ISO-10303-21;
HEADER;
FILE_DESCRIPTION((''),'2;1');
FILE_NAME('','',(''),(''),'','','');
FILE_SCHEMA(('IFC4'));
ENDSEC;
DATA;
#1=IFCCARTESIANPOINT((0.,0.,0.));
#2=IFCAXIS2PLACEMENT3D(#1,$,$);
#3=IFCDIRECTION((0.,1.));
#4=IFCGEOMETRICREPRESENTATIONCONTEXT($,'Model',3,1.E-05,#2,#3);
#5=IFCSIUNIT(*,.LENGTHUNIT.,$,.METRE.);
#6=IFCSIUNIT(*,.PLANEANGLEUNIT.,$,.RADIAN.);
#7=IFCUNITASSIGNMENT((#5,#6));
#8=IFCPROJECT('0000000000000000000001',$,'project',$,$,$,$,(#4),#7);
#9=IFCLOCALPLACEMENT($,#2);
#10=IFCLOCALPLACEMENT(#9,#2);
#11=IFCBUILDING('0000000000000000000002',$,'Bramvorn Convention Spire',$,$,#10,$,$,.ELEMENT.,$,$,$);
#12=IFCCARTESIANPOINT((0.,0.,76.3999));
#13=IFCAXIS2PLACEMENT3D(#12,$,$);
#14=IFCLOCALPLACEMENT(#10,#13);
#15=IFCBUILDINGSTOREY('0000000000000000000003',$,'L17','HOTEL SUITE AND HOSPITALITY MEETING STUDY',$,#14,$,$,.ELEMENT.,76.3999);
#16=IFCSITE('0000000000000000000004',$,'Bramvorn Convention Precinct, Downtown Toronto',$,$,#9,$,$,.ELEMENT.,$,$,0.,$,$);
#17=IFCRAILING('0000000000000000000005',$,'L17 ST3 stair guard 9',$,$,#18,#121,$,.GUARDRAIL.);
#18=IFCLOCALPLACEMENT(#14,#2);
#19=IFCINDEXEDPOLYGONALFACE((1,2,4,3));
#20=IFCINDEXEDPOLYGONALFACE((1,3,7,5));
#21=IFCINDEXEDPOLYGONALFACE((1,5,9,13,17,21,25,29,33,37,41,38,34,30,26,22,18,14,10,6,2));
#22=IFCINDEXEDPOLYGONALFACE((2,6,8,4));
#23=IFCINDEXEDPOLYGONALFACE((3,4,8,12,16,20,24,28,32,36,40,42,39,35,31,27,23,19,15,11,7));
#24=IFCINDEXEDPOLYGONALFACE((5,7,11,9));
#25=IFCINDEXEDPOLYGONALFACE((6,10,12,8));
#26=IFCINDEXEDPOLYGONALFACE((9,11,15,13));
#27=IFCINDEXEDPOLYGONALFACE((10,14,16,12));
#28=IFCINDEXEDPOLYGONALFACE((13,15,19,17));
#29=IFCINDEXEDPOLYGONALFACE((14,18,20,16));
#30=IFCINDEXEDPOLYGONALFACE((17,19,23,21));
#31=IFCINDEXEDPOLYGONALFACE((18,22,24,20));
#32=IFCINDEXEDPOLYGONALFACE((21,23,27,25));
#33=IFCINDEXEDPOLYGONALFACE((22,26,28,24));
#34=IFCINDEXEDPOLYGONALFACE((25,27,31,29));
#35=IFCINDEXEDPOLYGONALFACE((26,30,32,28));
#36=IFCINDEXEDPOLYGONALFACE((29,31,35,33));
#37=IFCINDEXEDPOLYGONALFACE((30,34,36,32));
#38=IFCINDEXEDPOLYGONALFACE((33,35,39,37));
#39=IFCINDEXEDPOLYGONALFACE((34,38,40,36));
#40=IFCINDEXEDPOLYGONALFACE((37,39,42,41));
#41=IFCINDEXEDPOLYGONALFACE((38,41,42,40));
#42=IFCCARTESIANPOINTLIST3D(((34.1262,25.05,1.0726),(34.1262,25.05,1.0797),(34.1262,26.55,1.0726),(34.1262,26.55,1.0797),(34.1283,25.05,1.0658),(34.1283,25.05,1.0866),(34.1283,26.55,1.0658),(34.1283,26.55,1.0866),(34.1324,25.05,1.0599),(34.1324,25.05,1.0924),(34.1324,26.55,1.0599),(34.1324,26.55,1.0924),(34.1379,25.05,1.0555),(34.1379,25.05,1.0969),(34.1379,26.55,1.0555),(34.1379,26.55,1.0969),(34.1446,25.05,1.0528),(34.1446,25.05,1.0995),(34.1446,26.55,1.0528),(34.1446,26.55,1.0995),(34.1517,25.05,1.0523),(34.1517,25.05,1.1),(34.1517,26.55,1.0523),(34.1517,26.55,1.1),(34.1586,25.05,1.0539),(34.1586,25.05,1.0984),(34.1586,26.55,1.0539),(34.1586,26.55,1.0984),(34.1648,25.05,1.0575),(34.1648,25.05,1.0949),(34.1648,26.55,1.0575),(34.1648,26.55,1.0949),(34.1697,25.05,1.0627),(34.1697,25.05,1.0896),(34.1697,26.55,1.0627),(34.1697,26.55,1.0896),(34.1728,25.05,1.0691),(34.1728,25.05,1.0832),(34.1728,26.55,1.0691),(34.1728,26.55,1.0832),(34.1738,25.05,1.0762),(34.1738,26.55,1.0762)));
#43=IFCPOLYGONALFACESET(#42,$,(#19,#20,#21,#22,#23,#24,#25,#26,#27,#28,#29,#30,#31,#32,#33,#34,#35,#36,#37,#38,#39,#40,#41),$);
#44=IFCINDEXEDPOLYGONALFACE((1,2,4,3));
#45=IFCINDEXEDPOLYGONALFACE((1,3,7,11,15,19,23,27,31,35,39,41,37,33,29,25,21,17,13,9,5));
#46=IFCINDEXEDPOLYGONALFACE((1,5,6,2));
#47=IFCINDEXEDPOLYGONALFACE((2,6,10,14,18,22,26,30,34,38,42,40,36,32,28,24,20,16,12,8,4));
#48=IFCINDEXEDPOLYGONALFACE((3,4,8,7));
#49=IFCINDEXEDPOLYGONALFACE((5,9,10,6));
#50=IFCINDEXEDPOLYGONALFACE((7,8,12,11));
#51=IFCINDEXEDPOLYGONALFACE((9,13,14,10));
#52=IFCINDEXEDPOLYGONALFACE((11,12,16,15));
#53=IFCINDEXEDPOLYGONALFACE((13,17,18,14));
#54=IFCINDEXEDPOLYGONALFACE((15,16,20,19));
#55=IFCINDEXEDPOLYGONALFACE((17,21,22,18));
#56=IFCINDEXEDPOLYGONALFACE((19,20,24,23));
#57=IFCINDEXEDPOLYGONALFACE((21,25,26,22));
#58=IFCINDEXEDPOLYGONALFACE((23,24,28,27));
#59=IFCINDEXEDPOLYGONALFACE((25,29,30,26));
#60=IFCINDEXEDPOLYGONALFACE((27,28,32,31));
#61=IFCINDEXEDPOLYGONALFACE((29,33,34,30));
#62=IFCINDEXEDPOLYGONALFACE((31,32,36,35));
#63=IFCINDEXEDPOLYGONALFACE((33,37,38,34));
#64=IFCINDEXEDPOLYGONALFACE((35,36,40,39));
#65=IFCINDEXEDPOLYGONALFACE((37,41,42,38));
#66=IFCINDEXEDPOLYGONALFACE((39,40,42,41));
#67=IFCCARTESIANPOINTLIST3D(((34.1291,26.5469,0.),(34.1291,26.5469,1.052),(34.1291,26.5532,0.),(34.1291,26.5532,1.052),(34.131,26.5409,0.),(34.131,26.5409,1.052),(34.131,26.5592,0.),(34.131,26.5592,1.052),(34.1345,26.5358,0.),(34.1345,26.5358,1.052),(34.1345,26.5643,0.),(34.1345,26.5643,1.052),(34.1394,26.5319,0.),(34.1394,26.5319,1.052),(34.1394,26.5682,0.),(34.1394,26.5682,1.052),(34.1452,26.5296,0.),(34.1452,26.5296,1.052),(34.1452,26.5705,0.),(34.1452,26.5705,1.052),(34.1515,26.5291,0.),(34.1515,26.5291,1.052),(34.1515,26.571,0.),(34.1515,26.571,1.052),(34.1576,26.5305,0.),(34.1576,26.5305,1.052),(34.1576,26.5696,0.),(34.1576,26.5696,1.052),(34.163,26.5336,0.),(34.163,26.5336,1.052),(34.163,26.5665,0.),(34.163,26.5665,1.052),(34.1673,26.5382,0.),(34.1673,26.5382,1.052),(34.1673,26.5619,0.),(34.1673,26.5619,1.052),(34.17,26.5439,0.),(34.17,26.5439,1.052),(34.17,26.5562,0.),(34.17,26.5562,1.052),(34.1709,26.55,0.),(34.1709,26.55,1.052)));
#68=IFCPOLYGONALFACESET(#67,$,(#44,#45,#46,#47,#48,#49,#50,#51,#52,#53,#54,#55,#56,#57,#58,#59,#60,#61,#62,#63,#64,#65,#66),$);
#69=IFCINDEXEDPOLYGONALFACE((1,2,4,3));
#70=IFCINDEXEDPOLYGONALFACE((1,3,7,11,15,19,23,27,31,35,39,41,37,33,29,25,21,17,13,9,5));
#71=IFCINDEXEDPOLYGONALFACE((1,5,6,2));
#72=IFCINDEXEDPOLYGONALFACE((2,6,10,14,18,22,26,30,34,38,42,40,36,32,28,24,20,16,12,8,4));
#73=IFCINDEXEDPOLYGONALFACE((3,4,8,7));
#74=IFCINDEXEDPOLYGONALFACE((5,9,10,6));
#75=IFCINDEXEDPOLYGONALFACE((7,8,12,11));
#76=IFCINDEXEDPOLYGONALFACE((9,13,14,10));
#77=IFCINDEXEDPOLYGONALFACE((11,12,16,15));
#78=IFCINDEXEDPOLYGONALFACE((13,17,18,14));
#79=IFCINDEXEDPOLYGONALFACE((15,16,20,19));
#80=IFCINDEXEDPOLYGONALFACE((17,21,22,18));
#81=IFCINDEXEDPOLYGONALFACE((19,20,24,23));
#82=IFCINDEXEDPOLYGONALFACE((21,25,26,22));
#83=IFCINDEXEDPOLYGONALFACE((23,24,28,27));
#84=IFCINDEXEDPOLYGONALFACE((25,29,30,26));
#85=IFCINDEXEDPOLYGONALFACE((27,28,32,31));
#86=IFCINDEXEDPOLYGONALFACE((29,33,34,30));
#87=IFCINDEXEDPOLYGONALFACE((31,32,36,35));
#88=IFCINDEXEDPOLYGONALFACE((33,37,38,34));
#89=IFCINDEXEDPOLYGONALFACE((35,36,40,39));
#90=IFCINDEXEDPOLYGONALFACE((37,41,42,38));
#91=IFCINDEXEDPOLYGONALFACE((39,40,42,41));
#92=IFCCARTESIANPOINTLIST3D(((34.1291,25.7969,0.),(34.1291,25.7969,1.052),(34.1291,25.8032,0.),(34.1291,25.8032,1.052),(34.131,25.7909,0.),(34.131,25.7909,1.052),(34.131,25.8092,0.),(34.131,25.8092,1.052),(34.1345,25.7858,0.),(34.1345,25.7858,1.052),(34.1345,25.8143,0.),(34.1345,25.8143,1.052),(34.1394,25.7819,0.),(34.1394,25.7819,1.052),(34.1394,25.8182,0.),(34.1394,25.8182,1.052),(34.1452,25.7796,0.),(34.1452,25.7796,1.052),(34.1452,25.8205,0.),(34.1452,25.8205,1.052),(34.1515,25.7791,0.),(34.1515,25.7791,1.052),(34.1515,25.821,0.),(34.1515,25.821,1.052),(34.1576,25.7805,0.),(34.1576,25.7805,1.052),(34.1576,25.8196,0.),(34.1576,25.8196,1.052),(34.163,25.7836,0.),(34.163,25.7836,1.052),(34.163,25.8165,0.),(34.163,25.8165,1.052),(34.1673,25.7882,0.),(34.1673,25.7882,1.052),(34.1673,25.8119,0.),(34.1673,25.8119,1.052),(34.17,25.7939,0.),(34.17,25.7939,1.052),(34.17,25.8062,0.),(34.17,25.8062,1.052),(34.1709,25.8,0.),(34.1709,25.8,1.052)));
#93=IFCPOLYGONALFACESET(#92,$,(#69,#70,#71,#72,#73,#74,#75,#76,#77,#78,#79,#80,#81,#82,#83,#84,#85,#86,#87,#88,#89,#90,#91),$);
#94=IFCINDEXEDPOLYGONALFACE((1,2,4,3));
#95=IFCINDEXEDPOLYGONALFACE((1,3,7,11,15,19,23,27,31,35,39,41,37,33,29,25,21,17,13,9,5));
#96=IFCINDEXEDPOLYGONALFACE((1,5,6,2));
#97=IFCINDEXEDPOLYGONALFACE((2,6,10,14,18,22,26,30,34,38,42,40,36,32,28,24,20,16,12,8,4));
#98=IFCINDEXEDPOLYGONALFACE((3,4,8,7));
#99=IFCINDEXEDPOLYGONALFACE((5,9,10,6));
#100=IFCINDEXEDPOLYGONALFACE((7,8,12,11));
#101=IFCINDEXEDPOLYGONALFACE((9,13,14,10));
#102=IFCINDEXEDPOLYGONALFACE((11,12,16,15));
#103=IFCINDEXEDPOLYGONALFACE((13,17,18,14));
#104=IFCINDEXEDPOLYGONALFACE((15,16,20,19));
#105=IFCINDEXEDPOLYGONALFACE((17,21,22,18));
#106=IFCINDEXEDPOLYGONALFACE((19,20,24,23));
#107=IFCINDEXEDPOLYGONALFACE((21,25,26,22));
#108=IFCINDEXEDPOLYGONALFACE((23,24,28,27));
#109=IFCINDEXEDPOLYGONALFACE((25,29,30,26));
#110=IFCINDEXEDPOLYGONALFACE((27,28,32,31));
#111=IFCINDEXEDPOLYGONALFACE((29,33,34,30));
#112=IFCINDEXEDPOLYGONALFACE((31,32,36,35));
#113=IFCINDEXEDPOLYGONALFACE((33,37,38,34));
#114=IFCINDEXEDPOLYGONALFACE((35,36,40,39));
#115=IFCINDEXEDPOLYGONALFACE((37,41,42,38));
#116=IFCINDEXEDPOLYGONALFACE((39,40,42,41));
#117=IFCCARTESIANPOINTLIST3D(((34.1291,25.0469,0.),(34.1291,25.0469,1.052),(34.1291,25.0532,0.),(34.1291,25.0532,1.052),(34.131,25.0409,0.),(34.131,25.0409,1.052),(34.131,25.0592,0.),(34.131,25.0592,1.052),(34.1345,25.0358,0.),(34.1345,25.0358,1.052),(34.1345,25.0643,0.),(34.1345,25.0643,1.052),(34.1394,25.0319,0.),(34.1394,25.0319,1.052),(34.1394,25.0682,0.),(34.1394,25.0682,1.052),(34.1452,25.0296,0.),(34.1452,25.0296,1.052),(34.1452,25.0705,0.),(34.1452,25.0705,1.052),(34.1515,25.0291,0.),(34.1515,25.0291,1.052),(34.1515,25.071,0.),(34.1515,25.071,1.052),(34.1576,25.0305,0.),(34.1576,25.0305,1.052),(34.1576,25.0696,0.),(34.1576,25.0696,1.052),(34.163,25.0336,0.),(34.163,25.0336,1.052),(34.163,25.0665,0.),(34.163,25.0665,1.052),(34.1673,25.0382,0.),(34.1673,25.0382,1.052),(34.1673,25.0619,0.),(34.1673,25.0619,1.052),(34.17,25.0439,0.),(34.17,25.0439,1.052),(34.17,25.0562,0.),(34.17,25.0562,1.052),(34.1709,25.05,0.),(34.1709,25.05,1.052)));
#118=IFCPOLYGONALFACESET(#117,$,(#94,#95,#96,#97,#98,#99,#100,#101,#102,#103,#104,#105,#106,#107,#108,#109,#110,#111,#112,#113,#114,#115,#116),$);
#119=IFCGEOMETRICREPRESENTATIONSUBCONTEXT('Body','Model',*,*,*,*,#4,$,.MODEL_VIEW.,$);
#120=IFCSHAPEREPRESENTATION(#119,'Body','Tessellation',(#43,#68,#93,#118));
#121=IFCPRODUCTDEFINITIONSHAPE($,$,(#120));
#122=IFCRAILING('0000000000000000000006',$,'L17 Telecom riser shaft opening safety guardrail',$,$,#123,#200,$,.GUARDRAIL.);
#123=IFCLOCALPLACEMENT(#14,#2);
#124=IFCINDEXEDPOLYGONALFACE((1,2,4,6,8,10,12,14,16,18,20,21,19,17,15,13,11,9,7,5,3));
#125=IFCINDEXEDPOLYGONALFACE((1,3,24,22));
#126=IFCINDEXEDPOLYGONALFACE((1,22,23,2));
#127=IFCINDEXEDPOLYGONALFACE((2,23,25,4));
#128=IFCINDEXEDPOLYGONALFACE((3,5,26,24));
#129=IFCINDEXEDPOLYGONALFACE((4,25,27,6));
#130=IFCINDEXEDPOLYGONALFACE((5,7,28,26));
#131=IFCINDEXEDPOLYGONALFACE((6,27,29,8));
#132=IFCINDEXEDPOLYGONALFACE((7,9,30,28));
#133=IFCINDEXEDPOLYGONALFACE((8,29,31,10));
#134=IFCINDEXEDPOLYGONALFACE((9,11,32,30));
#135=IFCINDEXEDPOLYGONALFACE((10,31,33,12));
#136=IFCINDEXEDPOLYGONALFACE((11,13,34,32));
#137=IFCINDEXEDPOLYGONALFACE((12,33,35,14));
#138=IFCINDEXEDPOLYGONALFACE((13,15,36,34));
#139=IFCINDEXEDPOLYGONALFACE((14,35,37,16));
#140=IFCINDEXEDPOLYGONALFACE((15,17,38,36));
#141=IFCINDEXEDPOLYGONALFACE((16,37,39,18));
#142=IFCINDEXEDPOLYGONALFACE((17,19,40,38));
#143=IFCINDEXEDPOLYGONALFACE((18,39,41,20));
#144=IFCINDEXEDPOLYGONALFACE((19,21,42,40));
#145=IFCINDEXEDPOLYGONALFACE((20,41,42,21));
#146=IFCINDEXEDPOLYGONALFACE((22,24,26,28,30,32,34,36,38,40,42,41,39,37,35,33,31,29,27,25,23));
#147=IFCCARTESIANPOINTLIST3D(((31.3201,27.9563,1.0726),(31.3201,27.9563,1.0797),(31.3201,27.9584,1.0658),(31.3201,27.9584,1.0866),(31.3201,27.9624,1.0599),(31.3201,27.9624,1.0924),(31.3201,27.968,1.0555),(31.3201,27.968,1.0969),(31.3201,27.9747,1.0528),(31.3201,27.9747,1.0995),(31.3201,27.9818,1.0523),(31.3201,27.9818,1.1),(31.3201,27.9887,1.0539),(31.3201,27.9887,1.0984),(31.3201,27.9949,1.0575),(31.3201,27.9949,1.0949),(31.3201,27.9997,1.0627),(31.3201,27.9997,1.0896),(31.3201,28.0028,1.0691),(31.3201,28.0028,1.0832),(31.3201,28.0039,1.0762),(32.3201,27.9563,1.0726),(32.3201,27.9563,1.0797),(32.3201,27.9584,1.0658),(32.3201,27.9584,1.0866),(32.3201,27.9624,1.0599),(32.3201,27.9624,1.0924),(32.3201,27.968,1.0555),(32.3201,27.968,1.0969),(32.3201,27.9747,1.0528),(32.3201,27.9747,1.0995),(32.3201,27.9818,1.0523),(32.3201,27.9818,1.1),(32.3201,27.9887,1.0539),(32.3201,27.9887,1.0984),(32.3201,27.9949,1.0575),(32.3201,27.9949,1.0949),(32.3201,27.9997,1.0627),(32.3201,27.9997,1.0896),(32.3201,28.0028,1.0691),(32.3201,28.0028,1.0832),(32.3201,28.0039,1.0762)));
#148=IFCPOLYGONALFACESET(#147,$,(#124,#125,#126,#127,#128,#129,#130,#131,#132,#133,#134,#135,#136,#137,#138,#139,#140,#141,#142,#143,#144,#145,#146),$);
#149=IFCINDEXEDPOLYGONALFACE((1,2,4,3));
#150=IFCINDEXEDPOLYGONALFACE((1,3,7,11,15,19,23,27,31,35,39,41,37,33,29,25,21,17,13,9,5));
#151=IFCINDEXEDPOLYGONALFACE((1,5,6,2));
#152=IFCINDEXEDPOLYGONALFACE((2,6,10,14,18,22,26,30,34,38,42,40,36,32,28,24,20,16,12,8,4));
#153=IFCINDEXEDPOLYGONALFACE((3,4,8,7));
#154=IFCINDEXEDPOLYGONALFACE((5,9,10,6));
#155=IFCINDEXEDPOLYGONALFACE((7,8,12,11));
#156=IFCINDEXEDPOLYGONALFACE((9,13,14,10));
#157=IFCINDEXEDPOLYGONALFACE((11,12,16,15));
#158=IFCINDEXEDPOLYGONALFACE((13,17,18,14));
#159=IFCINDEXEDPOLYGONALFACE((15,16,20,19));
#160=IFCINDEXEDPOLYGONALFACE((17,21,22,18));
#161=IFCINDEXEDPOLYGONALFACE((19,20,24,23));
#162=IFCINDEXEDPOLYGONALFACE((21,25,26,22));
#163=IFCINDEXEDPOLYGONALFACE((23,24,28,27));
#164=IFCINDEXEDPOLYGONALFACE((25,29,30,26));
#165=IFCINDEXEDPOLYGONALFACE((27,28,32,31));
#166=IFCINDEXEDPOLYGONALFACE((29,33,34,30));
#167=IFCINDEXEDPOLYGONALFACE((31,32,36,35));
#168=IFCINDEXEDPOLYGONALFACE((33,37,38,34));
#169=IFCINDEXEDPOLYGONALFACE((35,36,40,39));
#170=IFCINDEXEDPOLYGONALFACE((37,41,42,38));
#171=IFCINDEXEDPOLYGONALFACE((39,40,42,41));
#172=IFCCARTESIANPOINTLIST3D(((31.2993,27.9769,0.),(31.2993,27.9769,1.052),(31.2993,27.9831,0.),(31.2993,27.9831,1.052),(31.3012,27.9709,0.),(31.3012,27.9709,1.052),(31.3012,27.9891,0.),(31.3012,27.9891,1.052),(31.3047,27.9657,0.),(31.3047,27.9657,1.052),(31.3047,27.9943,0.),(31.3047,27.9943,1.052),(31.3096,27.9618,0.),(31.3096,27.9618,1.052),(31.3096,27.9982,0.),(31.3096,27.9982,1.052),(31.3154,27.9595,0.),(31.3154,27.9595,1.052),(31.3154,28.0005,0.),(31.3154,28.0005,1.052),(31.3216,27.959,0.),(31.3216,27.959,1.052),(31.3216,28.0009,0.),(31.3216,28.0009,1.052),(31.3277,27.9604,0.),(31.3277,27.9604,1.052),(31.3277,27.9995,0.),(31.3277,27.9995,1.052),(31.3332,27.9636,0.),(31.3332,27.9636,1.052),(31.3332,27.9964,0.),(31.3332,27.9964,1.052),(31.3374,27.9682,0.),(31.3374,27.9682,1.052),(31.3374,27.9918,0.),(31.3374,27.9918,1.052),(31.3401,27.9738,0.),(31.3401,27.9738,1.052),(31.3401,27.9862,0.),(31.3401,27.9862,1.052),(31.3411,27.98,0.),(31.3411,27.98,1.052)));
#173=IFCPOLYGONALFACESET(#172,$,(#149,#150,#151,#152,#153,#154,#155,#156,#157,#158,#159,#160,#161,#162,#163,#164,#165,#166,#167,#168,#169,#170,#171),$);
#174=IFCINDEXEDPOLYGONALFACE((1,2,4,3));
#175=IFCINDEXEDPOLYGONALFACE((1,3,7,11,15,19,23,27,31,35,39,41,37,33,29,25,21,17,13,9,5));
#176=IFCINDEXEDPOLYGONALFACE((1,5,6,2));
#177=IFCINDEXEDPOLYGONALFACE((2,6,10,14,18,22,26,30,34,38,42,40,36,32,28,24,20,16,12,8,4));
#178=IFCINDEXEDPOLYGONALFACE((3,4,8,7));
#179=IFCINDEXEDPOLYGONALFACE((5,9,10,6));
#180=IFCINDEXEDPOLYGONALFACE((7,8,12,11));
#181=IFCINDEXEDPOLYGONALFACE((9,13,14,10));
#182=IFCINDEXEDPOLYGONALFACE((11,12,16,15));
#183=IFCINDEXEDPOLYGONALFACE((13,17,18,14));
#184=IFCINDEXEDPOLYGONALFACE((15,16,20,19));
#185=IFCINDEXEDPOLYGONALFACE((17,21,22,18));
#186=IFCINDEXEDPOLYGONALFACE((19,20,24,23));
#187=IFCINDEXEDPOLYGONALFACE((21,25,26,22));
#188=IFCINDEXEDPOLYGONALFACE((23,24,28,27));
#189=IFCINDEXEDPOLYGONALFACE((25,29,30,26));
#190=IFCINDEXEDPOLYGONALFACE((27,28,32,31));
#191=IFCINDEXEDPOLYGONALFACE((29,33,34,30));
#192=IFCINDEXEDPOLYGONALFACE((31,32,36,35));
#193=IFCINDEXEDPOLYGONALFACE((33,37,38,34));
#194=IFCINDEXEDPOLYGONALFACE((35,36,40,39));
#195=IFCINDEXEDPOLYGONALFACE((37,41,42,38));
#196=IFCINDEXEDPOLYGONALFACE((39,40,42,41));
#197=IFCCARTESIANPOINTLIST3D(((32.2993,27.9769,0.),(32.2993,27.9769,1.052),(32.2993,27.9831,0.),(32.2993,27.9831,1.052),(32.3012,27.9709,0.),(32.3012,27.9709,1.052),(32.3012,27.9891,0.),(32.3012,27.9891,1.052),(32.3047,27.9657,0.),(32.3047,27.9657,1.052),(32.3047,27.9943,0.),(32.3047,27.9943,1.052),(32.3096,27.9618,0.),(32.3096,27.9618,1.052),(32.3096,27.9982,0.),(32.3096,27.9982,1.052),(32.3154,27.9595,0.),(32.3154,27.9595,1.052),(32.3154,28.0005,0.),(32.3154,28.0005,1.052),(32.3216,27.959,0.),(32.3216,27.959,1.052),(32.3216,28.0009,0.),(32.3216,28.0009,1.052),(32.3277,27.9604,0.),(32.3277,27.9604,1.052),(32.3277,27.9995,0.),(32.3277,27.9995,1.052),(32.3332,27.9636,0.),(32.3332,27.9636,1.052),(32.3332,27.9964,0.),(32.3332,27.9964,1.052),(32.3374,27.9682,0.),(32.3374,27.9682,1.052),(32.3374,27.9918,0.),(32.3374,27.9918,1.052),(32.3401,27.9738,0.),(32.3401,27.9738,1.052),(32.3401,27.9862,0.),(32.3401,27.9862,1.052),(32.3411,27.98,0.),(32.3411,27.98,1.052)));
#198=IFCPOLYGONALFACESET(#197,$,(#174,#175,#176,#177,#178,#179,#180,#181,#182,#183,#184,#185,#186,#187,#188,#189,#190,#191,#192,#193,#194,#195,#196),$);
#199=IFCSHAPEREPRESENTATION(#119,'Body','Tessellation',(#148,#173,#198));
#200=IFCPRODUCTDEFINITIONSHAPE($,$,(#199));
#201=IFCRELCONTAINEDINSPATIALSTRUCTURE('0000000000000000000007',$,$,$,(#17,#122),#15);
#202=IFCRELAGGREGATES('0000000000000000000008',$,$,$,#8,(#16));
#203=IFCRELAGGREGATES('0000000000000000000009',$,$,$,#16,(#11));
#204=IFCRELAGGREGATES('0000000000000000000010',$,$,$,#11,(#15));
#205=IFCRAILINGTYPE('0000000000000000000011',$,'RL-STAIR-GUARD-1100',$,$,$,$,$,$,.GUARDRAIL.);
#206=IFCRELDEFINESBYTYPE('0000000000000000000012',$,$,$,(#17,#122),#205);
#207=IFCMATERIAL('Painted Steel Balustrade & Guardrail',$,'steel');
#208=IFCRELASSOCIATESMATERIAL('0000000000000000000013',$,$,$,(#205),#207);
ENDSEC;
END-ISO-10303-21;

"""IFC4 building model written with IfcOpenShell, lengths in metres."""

from ifc_helpers import new_model, si_unit, direction, frame, origin, origin_2d, place, context, subcontext, project, spatial, circle, extrude, material, type_object, element, save


model = new_model("IFC4")

# Units and contexts
model_context = context("Model", 3, precision=1e-05, world=origin(), true_north=direction((0.0, 1.0)))
body_context = subcontext(model_context, "Body", "Model", "MODEL_VIEW")
ifc_project = project(units=[si_unit("LENGTHUNIT", "METRE"), si_unit("PLANEANGLEUNIT", "RADIAN")], contexts=[model_context])

# Site, building, storey
site_placement = place(None, origin())
site = spatial("IfcSite", under=ifc_project, at=site_placement, Name="Bramvorn Convention Precinct, Downtown Toronto", CompositionType="ELEMENT", RefElevation=0.0)
building_placement = place(site_placement, origin())
building = spatial("IfcBuilding", under=site, at=building_placement, Name="Bramvorn Convention Spire", CompositionType="ELEMENT")
storey_placement = place(building_placement, frame((0.0, 0.0, 76.3999)))
storey = spatial("IfcBuildingStorey", under=building, at=storey_placement, Name="L17", Description="HOTEL SUITE AND HOSPITALITY MEETING STUDY", CompositionType="ELEMENT", Elevation=76.3999)

# Railings
ifc_material_1 = material(Name="Painted Steel Balustrade & Guardrail", Category="steel")
railing_type = type_object("IfcRailingType", Name="RL-STAIR-GUARD-1100", PredefinedType="GUARDRAIL", material=ifc_material_1)
for number, where, name in (
    (1, (34.1499, 26.55, 0.0), "L17 ST3 stair guard 9"),
):
    element("IfcRailing", number, at=place(storey_placement, frame(where)), inside=storey, type_object=railing_type, Name=name, PredefinedType="GUARDRAIL", context=body_context, shape_type="SweptSolid", body=[
        extrude(circle(Radius=0.0239, at=origin_2d()), frame((0.0, 0.0, 1.0762), z_axis=(0.0, -1.0, 0.0), x_axis=(1.0, 0.0, 0.0)), (0.0, 0.0, 1.0), 1.5),
        extrude(circle(Radius=0.021, at=origin_2d()), origin(), (0.0, 0.0, 1.0), 1.052),
        extrude(circle(Radius=0.021, at=origin_2d()), frame((0.0, -0.75, 0.0)), (0.0, 0.0, 1.0), 1.052),
        extrude(circle(Radius=0.021, at=origin_2d()), frame((0.0, -1.5, 0.0)), (0.0, 0.0, 1.0), 1.052),
    ])
railing_1_placement = place(storey_placement, frame((31.3201, 27.98, 0.0)))
element("IfcRailing", 2, at=railing_1_placement, inside=storey, type_object=railing_type, Name="L17 Telecom riser shaft opening safety guardrail", PredefinedType="GUARDRAIL", context=body_context, shape_type="SweptSolid", body=[
    extrude(circle(Radius=0.0239, at=origin_2d()), frame((0.0, 0.0, 1.0762), z_axis=(1.0, 0.0, 0.0), x_axis=(0.0, 1.0, 0.0)), (0.0, 0.0, 1.0), 1.0),
    extrude(circle(Radius=0.021, at=origin_2d()), origin(), (0.0, 0.0, 1.0), 1.052),
    extrude(circle(Radius=0.021, at=origin_2d()), frame((1.0, 0.0, 0.0)), (0.0, 0.0, 1.0), 1.052),
])

save(model, "model.ifc")
